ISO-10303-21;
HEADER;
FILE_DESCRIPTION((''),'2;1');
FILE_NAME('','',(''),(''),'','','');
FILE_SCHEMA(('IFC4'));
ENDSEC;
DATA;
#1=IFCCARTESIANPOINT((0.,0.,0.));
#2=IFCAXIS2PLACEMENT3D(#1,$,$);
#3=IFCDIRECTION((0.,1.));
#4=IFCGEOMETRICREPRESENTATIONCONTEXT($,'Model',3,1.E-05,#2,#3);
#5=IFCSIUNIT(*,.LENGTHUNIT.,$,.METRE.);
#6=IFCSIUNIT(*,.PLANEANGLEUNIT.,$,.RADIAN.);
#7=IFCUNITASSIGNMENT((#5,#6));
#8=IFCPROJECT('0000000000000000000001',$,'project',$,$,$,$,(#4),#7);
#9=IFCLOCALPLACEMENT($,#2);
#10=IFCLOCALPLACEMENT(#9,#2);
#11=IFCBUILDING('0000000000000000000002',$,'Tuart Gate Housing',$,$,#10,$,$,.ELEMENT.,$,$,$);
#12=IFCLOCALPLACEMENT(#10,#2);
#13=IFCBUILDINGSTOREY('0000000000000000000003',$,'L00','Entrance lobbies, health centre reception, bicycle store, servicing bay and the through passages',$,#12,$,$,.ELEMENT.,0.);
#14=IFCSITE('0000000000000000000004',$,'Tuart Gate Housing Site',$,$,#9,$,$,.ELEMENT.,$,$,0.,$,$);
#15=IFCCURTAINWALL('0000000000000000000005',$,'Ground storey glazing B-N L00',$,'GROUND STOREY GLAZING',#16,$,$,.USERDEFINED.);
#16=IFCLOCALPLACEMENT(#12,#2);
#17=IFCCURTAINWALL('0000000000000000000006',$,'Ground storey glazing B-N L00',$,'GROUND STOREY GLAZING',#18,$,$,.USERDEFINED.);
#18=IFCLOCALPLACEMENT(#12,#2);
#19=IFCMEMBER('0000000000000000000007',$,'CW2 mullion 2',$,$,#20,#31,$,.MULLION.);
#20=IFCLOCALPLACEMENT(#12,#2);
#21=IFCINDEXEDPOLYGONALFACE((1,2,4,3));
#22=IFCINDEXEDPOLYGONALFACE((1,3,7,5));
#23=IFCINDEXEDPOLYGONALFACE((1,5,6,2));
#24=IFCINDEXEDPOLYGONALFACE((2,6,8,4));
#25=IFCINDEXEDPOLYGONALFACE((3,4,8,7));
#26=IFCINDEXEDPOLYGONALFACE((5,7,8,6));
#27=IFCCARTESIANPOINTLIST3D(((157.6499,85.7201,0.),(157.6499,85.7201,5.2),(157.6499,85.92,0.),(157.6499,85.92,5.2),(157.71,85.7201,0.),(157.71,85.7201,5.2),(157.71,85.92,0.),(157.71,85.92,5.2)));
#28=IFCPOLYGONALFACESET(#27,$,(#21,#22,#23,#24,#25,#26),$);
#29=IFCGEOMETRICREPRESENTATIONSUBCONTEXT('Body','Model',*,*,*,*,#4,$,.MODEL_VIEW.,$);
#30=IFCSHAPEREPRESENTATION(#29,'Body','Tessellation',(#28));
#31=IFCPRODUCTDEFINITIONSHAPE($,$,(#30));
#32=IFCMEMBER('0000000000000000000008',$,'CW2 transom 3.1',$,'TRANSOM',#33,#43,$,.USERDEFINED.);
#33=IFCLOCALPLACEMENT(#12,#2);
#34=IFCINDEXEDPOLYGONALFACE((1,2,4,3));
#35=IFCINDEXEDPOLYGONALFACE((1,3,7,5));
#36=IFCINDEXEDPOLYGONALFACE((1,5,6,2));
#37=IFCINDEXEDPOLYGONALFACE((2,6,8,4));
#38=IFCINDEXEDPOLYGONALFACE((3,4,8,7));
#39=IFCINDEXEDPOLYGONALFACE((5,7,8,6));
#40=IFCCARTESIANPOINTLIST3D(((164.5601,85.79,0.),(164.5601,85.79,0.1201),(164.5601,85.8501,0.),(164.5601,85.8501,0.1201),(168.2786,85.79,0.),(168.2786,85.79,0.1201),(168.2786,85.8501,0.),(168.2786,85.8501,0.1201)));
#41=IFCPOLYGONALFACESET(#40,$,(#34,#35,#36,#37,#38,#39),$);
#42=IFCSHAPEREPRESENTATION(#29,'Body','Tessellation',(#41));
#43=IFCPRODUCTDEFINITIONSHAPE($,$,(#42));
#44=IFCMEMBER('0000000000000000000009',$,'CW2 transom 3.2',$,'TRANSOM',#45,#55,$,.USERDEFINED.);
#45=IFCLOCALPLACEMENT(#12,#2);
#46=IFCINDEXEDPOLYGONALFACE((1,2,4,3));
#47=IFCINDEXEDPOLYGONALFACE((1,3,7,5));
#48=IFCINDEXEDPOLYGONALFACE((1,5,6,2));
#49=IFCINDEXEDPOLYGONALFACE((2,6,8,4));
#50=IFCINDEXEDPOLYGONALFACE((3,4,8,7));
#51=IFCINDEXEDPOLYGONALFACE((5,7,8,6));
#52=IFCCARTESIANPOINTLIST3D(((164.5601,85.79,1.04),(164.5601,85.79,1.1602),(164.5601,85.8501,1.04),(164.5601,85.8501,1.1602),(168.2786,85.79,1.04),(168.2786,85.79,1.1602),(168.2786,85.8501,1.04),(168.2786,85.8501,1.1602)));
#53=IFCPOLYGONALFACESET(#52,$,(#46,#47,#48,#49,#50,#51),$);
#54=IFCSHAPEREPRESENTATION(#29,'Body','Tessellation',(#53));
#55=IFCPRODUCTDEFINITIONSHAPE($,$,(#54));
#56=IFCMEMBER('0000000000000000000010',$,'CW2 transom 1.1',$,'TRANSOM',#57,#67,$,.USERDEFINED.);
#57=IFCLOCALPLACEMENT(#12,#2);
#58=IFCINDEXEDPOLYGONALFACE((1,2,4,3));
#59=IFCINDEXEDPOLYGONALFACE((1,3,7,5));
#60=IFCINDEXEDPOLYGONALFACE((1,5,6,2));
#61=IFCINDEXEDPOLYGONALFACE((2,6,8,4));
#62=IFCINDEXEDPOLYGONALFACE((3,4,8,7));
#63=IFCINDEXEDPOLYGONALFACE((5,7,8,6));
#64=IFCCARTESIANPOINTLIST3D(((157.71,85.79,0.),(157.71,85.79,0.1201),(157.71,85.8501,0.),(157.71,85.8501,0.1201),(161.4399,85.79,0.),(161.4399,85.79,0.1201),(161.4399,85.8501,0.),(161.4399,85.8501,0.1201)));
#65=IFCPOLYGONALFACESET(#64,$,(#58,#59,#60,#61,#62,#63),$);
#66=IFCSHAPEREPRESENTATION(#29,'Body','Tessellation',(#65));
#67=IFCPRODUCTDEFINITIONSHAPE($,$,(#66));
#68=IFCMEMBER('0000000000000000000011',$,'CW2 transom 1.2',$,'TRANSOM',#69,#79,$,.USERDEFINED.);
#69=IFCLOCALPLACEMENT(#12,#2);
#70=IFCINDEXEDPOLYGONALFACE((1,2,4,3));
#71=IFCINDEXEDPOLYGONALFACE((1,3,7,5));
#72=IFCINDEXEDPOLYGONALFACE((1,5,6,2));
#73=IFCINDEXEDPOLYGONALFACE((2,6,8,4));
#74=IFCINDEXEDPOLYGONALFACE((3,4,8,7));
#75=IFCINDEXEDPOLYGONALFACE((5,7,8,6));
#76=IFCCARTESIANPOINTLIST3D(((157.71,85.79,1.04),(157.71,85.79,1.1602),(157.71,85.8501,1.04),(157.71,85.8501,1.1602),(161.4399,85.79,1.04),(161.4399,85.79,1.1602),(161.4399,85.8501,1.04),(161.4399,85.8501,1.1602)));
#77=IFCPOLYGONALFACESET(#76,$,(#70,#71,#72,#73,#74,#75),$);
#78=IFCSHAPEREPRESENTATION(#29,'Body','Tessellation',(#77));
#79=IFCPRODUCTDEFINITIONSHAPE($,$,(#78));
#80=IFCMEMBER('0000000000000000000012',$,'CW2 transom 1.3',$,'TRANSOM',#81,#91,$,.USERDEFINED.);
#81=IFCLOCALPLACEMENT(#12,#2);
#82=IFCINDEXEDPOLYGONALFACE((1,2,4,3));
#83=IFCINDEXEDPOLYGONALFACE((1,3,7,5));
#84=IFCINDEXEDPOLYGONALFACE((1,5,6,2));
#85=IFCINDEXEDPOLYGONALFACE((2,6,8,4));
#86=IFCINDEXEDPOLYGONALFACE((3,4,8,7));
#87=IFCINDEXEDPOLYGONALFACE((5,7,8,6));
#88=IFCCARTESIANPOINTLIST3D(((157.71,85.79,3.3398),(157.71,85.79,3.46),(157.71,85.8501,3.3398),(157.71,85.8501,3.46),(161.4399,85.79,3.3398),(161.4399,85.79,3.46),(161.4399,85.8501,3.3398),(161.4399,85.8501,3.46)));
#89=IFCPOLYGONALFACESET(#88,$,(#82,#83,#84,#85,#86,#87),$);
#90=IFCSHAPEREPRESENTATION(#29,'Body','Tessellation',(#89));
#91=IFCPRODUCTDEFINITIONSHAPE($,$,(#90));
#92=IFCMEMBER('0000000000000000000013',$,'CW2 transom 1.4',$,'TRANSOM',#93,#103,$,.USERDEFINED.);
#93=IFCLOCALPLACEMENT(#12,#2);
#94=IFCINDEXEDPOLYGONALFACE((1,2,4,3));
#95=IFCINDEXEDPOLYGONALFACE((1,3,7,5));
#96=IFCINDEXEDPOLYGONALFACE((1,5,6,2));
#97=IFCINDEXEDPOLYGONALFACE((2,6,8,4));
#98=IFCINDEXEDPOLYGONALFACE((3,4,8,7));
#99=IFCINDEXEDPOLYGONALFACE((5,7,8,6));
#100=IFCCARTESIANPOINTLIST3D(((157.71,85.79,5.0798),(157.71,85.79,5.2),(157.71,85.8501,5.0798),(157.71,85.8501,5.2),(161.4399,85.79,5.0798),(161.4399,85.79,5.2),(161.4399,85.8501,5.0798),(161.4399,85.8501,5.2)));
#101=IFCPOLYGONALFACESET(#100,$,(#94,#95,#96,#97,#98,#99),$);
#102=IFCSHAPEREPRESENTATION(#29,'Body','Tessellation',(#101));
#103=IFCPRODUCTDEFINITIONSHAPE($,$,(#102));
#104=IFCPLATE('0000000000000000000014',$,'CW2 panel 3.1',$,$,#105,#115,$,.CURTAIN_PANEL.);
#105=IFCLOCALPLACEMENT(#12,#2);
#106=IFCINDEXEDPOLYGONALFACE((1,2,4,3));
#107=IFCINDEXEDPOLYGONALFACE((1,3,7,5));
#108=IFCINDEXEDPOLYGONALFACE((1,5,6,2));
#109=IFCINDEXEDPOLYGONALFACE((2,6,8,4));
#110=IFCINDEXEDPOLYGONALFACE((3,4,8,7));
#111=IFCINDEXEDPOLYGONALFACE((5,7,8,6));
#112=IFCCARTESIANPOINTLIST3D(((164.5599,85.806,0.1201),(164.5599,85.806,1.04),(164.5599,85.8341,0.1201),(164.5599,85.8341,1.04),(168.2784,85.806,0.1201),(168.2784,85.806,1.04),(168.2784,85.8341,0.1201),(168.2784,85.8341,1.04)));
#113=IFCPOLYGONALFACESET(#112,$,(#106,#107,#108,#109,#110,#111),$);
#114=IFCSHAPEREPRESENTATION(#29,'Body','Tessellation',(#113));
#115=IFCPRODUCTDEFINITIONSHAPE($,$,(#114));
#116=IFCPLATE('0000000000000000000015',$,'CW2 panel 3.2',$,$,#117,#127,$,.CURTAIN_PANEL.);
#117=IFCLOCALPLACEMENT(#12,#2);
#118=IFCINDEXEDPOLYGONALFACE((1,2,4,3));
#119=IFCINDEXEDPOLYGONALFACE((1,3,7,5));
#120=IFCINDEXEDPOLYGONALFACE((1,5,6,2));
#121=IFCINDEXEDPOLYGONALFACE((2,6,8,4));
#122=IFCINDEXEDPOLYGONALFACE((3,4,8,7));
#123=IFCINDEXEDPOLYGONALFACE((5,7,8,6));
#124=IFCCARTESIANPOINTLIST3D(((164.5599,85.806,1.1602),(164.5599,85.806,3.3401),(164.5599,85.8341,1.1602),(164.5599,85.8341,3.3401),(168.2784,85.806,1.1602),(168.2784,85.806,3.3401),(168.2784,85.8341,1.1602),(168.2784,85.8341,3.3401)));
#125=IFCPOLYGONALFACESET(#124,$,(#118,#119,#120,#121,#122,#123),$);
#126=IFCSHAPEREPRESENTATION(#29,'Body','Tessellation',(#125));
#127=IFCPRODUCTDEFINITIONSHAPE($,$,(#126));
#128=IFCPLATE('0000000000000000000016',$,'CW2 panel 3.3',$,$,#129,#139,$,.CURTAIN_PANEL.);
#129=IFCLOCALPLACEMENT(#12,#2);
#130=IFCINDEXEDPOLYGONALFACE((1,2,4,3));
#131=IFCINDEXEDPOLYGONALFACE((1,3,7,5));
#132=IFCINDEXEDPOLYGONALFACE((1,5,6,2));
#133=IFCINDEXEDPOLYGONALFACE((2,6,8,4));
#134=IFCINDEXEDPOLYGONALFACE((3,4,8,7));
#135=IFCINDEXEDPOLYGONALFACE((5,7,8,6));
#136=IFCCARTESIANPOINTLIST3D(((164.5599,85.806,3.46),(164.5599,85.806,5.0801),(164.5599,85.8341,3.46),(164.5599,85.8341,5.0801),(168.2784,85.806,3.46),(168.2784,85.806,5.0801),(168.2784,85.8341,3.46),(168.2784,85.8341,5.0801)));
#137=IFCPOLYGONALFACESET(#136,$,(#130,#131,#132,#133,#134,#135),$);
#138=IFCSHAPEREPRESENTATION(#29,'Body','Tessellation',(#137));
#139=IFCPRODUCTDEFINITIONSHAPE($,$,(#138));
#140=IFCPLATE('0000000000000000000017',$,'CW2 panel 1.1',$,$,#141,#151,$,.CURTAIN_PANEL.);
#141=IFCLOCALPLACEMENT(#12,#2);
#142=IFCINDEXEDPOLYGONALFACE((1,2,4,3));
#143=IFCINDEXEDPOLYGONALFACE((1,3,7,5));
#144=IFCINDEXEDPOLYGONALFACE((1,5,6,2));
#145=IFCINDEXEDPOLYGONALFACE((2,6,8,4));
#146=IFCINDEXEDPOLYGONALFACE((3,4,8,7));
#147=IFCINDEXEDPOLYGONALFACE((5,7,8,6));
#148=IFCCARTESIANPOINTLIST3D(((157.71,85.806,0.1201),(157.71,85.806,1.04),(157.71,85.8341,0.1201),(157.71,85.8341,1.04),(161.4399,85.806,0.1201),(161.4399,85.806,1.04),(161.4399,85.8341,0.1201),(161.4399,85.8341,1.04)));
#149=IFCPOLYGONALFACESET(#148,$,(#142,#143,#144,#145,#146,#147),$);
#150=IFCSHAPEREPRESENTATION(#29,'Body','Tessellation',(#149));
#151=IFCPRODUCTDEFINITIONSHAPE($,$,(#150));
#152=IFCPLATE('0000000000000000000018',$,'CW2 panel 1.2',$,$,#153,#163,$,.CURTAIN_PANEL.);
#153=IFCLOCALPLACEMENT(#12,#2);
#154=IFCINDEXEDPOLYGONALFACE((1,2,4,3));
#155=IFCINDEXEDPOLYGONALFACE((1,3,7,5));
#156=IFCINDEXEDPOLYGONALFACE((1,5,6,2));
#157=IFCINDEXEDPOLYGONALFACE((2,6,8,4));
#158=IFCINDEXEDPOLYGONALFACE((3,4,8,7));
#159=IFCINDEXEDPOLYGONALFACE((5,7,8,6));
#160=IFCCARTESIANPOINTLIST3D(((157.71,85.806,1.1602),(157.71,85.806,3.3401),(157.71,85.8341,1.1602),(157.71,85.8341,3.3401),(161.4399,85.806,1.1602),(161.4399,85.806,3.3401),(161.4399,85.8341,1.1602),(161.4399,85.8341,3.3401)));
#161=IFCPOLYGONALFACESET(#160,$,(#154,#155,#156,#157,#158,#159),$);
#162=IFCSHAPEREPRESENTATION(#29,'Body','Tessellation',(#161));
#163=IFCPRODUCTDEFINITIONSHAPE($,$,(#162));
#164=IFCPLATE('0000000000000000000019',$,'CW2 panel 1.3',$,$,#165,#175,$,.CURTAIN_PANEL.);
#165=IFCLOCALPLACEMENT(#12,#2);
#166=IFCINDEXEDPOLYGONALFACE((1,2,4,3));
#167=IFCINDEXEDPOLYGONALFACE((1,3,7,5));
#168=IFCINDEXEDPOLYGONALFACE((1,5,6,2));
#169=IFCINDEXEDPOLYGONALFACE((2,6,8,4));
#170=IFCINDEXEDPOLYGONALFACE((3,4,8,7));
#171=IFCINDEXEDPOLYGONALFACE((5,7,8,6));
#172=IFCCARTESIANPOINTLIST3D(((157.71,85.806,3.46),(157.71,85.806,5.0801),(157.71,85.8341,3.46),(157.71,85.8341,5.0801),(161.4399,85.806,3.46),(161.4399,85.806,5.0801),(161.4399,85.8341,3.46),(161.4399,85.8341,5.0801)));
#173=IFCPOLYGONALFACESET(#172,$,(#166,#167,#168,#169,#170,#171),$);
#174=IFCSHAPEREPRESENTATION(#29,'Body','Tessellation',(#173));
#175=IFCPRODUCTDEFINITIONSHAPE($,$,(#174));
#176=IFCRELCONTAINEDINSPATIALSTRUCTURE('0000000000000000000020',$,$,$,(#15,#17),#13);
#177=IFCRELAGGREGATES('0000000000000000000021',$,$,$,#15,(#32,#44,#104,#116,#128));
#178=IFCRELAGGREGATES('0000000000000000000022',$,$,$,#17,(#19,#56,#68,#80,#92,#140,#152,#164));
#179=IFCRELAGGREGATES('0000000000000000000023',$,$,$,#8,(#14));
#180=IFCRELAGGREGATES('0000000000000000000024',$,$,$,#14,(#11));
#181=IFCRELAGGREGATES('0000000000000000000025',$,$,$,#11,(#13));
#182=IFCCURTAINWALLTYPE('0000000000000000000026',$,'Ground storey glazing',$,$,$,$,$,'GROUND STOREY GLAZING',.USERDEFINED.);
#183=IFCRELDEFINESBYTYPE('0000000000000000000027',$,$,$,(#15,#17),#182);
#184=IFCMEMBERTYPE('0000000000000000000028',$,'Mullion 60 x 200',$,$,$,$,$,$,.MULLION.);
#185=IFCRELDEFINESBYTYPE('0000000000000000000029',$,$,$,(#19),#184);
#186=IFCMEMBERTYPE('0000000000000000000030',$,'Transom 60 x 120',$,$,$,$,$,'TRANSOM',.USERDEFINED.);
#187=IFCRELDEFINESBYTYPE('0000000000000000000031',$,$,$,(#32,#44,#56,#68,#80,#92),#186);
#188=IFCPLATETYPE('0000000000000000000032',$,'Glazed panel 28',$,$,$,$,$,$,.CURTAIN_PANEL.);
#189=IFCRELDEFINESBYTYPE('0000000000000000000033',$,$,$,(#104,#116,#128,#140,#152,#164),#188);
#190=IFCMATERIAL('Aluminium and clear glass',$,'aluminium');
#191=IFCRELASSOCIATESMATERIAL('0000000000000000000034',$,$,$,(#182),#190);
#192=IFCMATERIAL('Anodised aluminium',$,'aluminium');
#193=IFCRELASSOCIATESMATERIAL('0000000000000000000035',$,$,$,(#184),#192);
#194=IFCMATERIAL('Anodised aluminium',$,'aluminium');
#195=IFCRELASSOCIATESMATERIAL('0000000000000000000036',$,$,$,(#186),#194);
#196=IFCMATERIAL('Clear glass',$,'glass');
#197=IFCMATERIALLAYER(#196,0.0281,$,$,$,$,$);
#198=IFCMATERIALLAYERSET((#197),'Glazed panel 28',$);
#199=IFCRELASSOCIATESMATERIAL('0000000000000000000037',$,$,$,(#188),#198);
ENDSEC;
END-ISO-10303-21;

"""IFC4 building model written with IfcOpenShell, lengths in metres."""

from ifc_helpers import new_model, si_unit, direction, frame, origin, origin_2d, place, context, subcontext, project, spatial, rectangle, extrude, material, layer, layer_set, material_profile, profile_set, type_object, element, aggregate, save


model = new_model("IFC4")

# Units and contexts
model_context = context("Model", 3, precision=1e-05, world=origin(), true_north=direction((0.0, 1.0)))
body_context = subcontext(model_context, "Body", "Model", "MODEL_VIEW")
ifc_project = project(units=[si_unit("LENGTHUNIT", "METRE"), si_unit("PLANEANGLEUNIT", "RADIAN")], contexts=[model_context])

# Site, building, storey
site_placement = place(None, origin())
site = spatial("IfcSite", under=ifc_project, at=site_placement, Name="Tuart Gate Housing Site", CompositionType="ELEMENT", RefElevation=0.0)
building_placement = place(site_placement, origin())
building = spatial("IfcBuilding", under=site, at=building_placement, Name="Tuart Gate Housing", CompositionType="ELEMENT")
storey_placement = place(building_placement, origin())
storey = spatial("IfcBuildingStorey", under=building, at=storey_placement, Name="L00", Description="Entrance lobbies, health centre reception, bicycle store, servicing bay and the through passages", CompositionType="ELEMENT", Elevation=0.0)

# Curtain wall
ifc_material_1 = material(Name="Aluminium and clear glass", Category="aluminium")
curtain_wall_type = type_object("IfcCurtainWallType", Name="Ground storey glazing", ElementType="GROUND STOREY GLAZING", PredefinedType="USERDEFINED", material=ifc_material_1)
curtain_wall_1_placement = place(storey_placement, origin())
curtain_wall_1 = element("IfcCurtainWall", 1, at=curtain_wall_1_placement, inside=storey, type_object=curtain_wall_type, Name="Ground storey glazing B-N L00", ObjectType="GROUND STOREY GLAZING", PredefinedType="USERDEFINED")
ifc_material_2 = material(Name="Anodised aluminium", Category="aluminium")
ifc_material_profile_1 = material_profile(ifc_material_2, rectangle(XDim=0.0601, YDim=0.2, at=origin_2d()), Name="60x200")
ifc_profile_set_1 = profile_set([ifc_material_profile_1], Name="Anodised aluminium")
member_type_1 = type_object("IfcMemberType", Name="Mullion 60 x 200", PredefinedType="MULLION", material=ifc_profile_set_1)

# Curtain wall, member
curtain_wall_2_placement = place(storey_placement, origin())
curtain_wall_2 = element("IfcCurtainWall", 2, at=curtain_wall_2_placement, inside=storey, type_object=curtain_wall_type, Name="Ground storey glazing B-N L00", ObjectType="GROUND STOREY GLAZING", PredefinedType="USERDEFINED")
member_1_placement = place(storey_placement, frame((157.6799, 85.8201, 0.0), z_axis=(0.0, 0.0, 1.0), x_axis=(-1.0, 0.0, 0.0)))
member_1 = element("IfcMember", 3, at=member_1_placement, type_object=member_type_1, Name="CW2 mullion 2", PredefinedType="MULLION", context=body_context, shape_type="SweptSolid", body=[
    extrude(rectangle(XDim=0.0601, YDim=0.2, at=origin_2d()), origin(), (0.0, 0.0, 1.0), 5.2),
])

# Members
ifc_material_3 = material(Name="Anodised aluminium", Category="aluminium")
ifc_material_profile_2 = material_profile(ifc_material_3, rectangle(XDim=0.0601, YDim=0.1201, at=origin_2d()), Name="60x120")
ifc_profile_set_2 = profile_set([ifc_material_profile_2], Name="Anodised aluminium")
member_type_2 = type_object("IfcMemberType", Name="Transom 60 x 120", ElementType="TRANSOM", PredefinedType="USERDEFINED", material=ifc_profile_set_2)
member_2_placement = place(storey_placement, frame((168.2786, 85.8201, 0.0601), z_axis=(-1.0, 0.0, 0.0), x_axis=(0.0, -1.0, 0.0)))
member_2 = element("IfcMember", 4, at=member_2_placement, type_object=member_type_2, Name="CW2 transom 3.1", ObjectType="TRANSOM", PredefinedType="USERDEFINED", context=body_context, shape_type="SweptSolid", body=[
    extrude(rectangle(XDim=0.0601, YDim=0.1201, at=origin_2d()), origin(), (0.0, 0.0, 1.0), 3.7185),
])
member_3_placement = place(storey_placement, frame((168.2786, 85.8201, 1.1001), z_axis=(-1.0, 0.0, 0.0), x_axis=(0.0, -1.0, 0.0)))
member_3 = element("IfcMember", 5, at=member_3_placement, type_object=member_type_2, Name="CW2 transom 3.2", ObjectType="TRANSOM", PredefinedType="USERDEFINED", context=body_context, shape_type="SweptSolid", body=[
    extrude(rectangle(XDim=0.0601, YDim=0.1201, at=origin_2d()), origin(), (0.0, 0.0, 1.0), 3.7185),
])
member_4_placement = place(storey_placement, frame((161.4399, 85.8201, 0.0601), z_axis=(-1.0, 0.0, 0.0), x_axis=(0.0, -1.0, 0.0)))
member_4 = element("IfcMember", 6, at=member_4_placement, type_object=member_type_2, Name="CW2 transom 1.1", ObjectType="TRANSOM", PredefinedType="USERDEFINED", context=body_context, shape_type="SweptSolid", body=[
    extrude(rectangle(XDim=0.0601, YDim=0.1201, at=origin_2d()), origin(), (0.0, 0.0, 1.0), 3.73),
])
member_5_placement = place(storey_placement, frame((161.4399, 85.8201, 1.1001), z_axis=(-1.0, 0.0, 0.0), x_axis=(0.0, -1.0, 0.0)))
member_5 = element("IfcMember", 7, at=member_5_placement, type_object=member_type_2, Name="CW2 transom 1.2", ObjectType="TRANSOM", PredefinedType="USERDEFINED", context=body_context, shape_type="SweptSolid", body=[
    extrude(rectangle(XDim=0.0601, YDim=0.1201, at=origin_2d()), origin(), (0.0, 0.0, 1.0), 3.73),
])
member_6_placement = place(storey_placement, frame((161.4399, 85.8201, 3.3999), z_axis=(-1.0, 0.0, 0.0), x_axis=(0.0, -1.0, 0.0)))
member_6 = element("IfcMember", 8, at=member_6_placement, type_object=member_type_2, Name="CW2 transom 1.3", ObjectType="TRANSOM", PredefinedType="USERDEFINED", context=body_context, shape_type="SweptSolid", body=[
    extrude(rectangle(XDim=0.0601, YDim=0.1201, at=origin_2d()), origin(), (0.0, 0.0, 1.0), 3.73),
])
member_7_placement = place(storey_placement, frame((161.4399, 85.8201, 5.1399), z_axis=(-1.0, 0.0, 0.0), x_axis=(0.0, -1.0, 0.0)))
member_7 = element("IfcMember", 9, at=member_7_placement, type_object=member_type_2, Name="CW2 transom 1.4", ObjectType="TRANSOM", PredefinedType="USERDEFINED", context=body_context, shape_type="SweptSolid", body=[
    extrude(rectangle(XDim=0.0601, YDim=0.1201, at=origin_2d()), origin(), (0.0, 0.0, 1.0), 3.73),
])

# Plates
ifc_material_4 = material(Name="Clear glass", Category="glass")
ifc_layer_1 = layer(ifc_material_4, 0.0281)
ifc_layer_set_1 = layer_set([ifc_layer_1], Name="Glazed panel 28")
plate_type = type_object("IfcPlateType", Name="Glazed panel 28", PredefinedType="CURTAIN_PANEL", material=ifc_layer_set_1)
plate_1_placement = place(storey_placement, frame((166.4192, 85.8201, 0.1201), z_axis=(0.0, 0.0, 1.0), x_axis=(-1.0, 0.0, 0.0)))
plate_1 = element("IfcPlate", 10, at=plate_1_placement, type_object=plate_type, Name="CW2 panel 3.1", PredefinedType="CURTAIN_PANEL", context=body_context, shape_type="SweptSolid", body=[
    extrude(rectangle(XDim=3.7185, YDim=0.0281, at=origin_2d()), origin(), (0.0, 0.0, 1.0), 0.9199),
])
plate_2_placement = place(storey_placement, frame((166.4192, 85.8201, 1.1602), z_axis=(0.0, 0.0, 1.0), x_axis=(-1.0, 0.0, 0.0)))
plate_2 = element("IfcPlate", 11, at=plate_2_placement, type_object=plate_type, Name="CW2 panel 3.2", PredefinedType="CURTAIN_PANEL", context=body_context, shape_type="SweptSolid", body=[
    extrude(rectangle(XDim=3.7185, YDim=0.0281, at=origin_2d()), origin(), (0.0, 0.0, 1.0), 2.1799),
])
plate_3_placement = place(storey_placement, frame((166.4192, 85.8201, 3.46), z_axis=(0.0, 0.0, 1.0), x_axis=(-1.0, 0.0, 0.0)))
plate_3 = element("IfcPlate", 12, at=plate_3_placement, type_object=plate_type, Name="CW2 panel 3.3", PredefinedType="CURTAIN_PANEL", context=body_context, shape_type="SweptSolid", body=[
    extrude(rectangle(XDim=3.7185, YDim=0.0281, at=origin_2d()), origin(), (0.0, 0.0, 1.0), 1.6201),
])
aggregate(curtain_wall_1, [member_2, member_3, plate_1, plate_2, plate_3])
plate_4_placement = place(storey_placement, frame((159.575, 85.8201, 0.1201), z_axis=(0.0, 0.0, 1.0), x_axis=(-1.0, 0.0, 0.0)))
plate_4 = element("IfcPlate", 13, at=plate_4_placement, type_object=plate_type, Name="CW2 panel 1.1", PredefinedType="CURTAIN_PANEL", context=body_context, shape_type="SweptSolid", body=[
    extrude(rectangle(XDim=3.73, YDim=0.0281, at=origin_2d()), origin(), (0.0, 0.0, 1.0), 0.9199),
])
plate_5_placement = place(storey_placement, frame((159.575, 85.8201, 1.1602), z_axis=(0.0, 0.0, 1.0), x_axis=(-1.0, 0.0, 0.0)))
plate_5 = element("IfcPlate", 14, at=plate_5_placement, type_object=plate_type, Name="CW2 panel 1.2", PredefinedType="CURTAIN_PANEL", context=body_context, shape_type="SweptSolid", body=[
    extrude(rectangle(XDim=3.73, YDim=0.0281, at=origin_2d()), origin(), (0.0, 0.0, 1.0), 2.1799),
])
plate_6_placement = place(storey_placement, frame((159.575, 85.8201, 3.46), z_axis=(0.0, 0.0, 1.0), x_axis=(-1.0, 0.0, 0.0)))
plate_6 = element("IfcPlate", 15, at=plate_6_placement, type_object=plate_type, Name="CW2 panel 1.3", PredefinedType="CURTAIN_PANEL", context=body_context, shape_type="SweptSolid", body=[
    extrude(rectangle(XDim=3.73, YDim=0.0281, at=origin_2d()), origin(), (0.0, 0.0, 1.0), 1.6201),
])
aggregate(curtain_wall_2, [member_1, member_4, member_5, member_6, member_7, plate_4, plate_5, plate_6])

save(model, "model.ifc")
